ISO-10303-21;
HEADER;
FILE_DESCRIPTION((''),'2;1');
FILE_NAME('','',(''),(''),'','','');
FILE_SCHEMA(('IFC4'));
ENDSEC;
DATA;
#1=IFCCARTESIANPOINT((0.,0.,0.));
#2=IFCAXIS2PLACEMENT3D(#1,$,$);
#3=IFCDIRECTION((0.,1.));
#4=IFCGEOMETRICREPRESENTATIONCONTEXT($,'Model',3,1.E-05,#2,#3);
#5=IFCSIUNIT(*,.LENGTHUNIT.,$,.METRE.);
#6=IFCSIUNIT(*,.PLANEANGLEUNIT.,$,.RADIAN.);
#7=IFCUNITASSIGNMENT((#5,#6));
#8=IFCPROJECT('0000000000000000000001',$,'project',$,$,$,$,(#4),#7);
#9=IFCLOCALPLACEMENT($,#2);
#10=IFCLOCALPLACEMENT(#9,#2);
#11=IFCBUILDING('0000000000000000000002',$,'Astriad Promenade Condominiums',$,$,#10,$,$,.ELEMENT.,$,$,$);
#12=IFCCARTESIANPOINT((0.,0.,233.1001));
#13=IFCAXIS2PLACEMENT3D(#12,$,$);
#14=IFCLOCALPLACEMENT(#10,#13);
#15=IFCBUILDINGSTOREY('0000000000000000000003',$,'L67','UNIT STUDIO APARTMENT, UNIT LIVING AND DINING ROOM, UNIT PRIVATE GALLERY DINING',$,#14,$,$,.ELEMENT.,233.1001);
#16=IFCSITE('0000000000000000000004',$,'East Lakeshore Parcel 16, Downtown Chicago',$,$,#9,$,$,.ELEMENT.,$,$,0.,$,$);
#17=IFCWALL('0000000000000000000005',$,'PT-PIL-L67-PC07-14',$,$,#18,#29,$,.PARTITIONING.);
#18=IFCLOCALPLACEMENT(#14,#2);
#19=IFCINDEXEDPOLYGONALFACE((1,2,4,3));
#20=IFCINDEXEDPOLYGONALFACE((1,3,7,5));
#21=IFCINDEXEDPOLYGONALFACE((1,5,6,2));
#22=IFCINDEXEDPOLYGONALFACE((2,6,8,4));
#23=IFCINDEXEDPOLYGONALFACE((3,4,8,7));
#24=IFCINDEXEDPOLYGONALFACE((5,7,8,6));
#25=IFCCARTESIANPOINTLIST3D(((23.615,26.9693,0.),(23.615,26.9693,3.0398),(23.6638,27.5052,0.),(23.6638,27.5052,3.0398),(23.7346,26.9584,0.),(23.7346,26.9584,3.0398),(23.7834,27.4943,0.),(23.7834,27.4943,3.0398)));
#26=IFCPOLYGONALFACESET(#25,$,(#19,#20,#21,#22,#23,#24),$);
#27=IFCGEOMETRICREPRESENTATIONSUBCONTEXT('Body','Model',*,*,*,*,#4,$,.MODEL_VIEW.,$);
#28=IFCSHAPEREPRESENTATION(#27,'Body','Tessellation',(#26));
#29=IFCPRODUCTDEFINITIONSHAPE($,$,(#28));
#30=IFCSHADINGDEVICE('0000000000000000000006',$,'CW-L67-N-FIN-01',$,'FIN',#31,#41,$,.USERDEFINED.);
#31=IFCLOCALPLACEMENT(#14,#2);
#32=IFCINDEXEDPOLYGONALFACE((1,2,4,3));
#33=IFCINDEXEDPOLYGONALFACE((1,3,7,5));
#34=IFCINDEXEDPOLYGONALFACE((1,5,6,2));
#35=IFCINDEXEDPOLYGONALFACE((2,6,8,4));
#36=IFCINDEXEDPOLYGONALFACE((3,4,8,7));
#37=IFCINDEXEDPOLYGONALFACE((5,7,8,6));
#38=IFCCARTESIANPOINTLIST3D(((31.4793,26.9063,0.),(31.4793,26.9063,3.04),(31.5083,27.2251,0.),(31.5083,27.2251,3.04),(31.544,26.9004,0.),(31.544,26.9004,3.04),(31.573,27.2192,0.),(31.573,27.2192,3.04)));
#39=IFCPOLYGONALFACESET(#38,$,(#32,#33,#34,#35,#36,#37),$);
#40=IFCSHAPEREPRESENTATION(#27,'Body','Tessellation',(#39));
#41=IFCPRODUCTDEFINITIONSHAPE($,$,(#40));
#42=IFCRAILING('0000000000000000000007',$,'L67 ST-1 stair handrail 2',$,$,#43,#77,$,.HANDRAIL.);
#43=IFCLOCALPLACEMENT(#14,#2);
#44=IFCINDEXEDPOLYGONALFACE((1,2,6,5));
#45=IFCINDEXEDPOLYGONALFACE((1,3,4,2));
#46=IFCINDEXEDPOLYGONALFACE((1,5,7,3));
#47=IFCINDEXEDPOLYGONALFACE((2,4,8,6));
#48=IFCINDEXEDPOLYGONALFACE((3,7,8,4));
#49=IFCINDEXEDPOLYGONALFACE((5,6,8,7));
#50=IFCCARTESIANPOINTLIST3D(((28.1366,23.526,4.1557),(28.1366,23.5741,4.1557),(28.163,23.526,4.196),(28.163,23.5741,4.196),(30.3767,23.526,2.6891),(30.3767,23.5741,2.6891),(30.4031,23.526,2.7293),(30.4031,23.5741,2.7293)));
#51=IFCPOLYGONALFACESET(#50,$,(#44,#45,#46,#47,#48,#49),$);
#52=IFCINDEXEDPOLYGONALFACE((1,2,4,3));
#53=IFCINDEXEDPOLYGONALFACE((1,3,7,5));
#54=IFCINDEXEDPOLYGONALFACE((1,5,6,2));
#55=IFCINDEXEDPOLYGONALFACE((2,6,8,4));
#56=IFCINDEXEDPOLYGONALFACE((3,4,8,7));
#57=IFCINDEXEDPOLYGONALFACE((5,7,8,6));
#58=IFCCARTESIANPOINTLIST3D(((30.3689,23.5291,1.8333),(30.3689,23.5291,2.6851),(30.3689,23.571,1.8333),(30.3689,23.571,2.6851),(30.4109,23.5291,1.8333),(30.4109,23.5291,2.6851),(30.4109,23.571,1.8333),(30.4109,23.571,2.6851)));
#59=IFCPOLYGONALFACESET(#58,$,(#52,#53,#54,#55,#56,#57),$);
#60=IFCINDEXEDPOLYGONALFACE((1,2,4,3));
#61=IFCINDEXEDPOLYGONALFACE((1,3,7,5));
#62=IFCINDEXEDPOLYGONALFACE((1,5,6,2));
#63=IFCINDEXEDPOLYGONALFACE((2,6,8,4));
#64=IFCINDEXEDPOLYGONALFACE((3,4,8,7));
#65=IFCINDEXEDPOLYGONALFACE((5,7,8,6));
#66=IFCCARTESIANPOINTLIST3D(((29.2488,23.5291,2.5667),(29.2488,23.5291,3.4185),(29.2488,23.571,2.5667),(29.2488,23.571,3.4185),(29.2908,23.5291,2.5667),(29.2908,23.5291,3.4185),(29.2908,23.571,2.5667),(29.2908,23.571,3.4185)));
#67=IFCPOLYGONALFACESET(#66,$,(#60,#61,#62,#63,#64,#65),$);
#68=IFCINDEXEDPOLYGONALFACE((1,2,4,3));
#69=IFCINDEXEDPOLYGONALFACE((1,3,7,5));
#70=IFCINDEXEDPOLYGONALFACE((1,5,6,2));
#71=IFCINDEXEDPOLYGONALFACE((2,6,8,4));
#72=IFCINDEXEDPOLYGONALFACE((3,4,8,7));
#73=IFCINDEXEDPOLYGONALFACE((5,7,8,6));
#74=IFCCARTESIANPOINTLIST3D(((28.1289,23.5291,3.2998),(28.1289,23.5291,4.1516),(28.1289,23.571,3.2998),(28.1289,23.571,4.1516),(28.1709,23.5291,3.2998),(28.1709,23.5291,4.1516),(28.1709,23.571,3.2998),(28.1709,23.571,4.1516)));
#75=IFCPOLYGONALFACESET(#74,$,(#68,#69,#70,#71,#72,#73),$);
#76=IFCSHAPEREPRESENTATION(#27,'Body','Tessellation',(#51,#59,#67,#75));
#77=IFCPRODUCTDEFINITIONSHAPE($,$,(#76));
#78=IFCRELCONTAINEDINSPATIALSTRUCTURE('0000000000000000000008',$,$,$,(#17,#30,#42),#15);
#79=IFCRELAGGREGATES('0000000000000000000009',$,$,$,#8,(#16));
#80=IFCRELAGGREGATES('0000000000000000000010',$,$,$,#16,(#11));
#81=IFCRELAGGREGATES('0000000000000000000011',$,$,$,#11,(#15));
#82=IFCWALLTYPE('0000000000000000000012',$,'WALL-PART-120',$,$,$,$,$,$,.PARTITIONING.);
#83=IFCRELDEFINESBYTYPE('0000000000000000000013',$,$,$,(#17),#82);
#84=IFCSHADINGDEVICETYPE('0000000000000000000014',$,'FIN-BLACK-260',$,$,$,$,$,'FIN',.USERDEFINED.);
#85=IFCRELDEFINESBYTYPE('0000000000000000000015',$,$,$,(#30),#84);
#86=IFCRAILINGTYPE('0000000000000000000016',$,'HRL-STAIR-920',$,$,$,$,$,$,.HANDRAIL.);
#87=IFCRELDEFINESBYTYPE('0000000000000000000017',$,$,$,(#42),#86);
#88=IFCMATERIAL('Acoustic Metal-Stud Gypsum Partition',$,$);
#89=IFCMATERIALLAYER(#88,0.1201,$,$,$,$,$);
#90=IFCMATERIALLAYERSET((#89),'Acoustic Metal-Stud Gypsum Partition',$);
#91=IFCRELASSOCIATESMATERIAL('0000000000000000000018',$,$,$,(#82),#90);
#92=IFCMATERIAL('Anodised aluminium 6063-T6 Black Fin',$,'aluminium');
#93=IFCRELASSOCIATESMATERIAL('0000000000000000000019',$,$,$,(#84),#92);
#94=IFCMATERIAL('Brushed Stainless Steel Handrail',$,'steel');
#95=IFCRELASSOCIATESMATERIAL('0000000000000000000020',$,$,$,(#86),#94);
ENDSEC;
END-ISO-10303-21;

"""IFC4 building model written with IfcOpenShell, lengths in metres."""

from ifc_helpers import new_model, si_unit, direction, frame, frame_2d, origin, origin_2d, place, context, subcontext, project, spatial, rectangle, extrude, source, transform, mapped, material, layer, layer_set, type_object, type_shapes, element, save


model = new_model("IFC4")

# Units and contexts
model_context = context("Model", 3, precision=1e-05, world=origin(), true_north=direction((0.0, 1.0)))
body_context = subcontext(model_context, "Body", "Model", "MODEL_VIEW")
ifc_project = project(units=[si_unit("LENGTHUNIT", "METRE"), si_unit("PLANEANGLEUNIT", "RADIAN")], contexts=[model_context])

# Site, building, storey
site_placement = place(None, origin())
site = spatial("IfcSite", under=ifc_project, at=site_placement, Name="East Lakeshore Parcel 16, Downtown Chicago", CompositionType="ELEMENT", RefElevation=0.0)
building_placement = place(site_placement, origin())
building = spatial("IfcBuilding", under=site, at=building_placement, Name="Astriad Promenade Condominiums", CompositionType="ELEMENT")
storey_placement = place(building_placement, frame((0.0, 0.0, 233.1001)))
storey = spatial("IfcBuildingStorey", under=building, at=storey_placement, Name="L67", Description="UNIT STUDIO APARTMENT, UNIT LIVING AND DINING ROOM, UNIT PRIVATE GALLERY DINING", CompositionType="ELEMENT", Elevation=233.1001)

# Shared definitions
ifc_material_1 = material(Name="Acoustic Metal-Stud Gypsum Partition")
ifc_layer_1 = layer(ifc_material_1, 0.1201)
ifc_layer_set_1 = layer_set([ifc_layer_1], Name="Acoustic Metal-Stud Gypsum Partition")
wall_type_1 = type_object("IfcWallType", Name="WALL-PART-120", PredefinedType="PARTITIONING", material=ifc_layer_set_1)

# Wall
wall_1_placement = place(storey_placement, frame((23.6748, 26.9639, 0.0), z_axis=(0.0, 0.0, 1.0), x_axis=(0.09074, 0.995875, 0.0)))
element("IfcWall", 1, at=wall_1_placement, inside=storey, type_object=wall_type_1, Name="PT-PIL-L67-PC07-14", PredefinedType="PARTITIONING", context=body_context, shape_type="SweptSolid", body=[
    extrude(rectangle(XDim=0.5381, YDim=0.1201, at=frame_2d((0.269, 0.0))), origin(), (0.0, 0.0, 1.0), 3.0398),
])

# Shading device
ifc_material_2 = material(Name="Anodised aluminium 6063-T6 Black Fin", Category="aluminium")
shading_device_type = type_object("IfcShadingDeviceType", Name="FIN-BLACK-260", ElementType="FIN", PredefinedType="USERDEFINED", material=ifc_material_2)
shared_shape_1 = source(origin(), body_context, "Body", "SweptSolid", [
    extrude(rectangle(XDim=0.0649, YDim=0.3201, at=origin_2d()), origin(), (0.0, 0.0, 1.0), 3.04),
])
type_shapes(shading_device_type, [shared_shape_1])
shading_device_placement = place(storey_placement, frame((31.5261, 27.0627, 0.0), z_axis=(0.0, 0.0, 1.0), x_axis=(0.995884, -0.090633, 0.0)))
element("IfcShadingDevice", 2, at=shading_device_placement, inside=storey, type_object=shading_device_type, Name="CW-L67-N-FIN-01", ObjectType="FIN", PredefinedType="USERDEFINED", context=body_context, shape_type="MappedRepresentation", body=[
    mapped(shared_shape_1, transform((0.0, 0.0, 0.0), scale=1.0)),
])

# Railing
ifc_material_3 = material(Name="Brushed Stainless Steel Handrail", Category="steel")
railing_type = type_object("IfcRailingType", Name="HRL-STAIR-920", PredefinedType="HANDRAIL", material=ifc_material_3)
shared_shape_2 = source(origin(), body_context, "Body", "SweptSolid", [
    extrude(rectangle(XDim=0.0481, YDim=0.0481, at=origin_2d()), frame((0.0, 0.0, 0.876), z_axis=(-0.836637, 0.0, 0.547758), x_axis=(0.0, -1.0, 0.0)), (0.0, 0.0, 1.0), 2.6775),
    extrude(rectangle(XDim=0.042, YDim=0.042, at=origin_2d()), origin(), (0.0, 0.0, 1.0), 0.8518),
    extrude(rectangle(XDim=0.042, YDim=0.042, at=origin_2d()), frame((-1.1201, 0.0, 0.7334)), (0.0, 0.0, 1.0), 0.8518),
    extrude(rectangle(XDim=0.042, YDim=0.042, at=origin_2d()), frame((-2.24, 0.0, 1.4666)), (0.0, 0.0, 1.0), 0.8518),
])
type_shapes(railing_type, [shared_shape_2])
railing_placement = place(storey_placement, frame((30.3899, 23.55, 1.8333)))
element("IfcRailing", 3, at=railing_placement, inside=storey, type_object=railing_type, Name="L67 ST-1 stair handrail 2", PredefinedType="HANDRAIL", context=body_context, shape_type="MappedRepresentation", body=[
    mapped(shared_shape_2, transform((0.0, 0.0, 0.0), scale=1.0)),
])

save(model, "model.ifc")
